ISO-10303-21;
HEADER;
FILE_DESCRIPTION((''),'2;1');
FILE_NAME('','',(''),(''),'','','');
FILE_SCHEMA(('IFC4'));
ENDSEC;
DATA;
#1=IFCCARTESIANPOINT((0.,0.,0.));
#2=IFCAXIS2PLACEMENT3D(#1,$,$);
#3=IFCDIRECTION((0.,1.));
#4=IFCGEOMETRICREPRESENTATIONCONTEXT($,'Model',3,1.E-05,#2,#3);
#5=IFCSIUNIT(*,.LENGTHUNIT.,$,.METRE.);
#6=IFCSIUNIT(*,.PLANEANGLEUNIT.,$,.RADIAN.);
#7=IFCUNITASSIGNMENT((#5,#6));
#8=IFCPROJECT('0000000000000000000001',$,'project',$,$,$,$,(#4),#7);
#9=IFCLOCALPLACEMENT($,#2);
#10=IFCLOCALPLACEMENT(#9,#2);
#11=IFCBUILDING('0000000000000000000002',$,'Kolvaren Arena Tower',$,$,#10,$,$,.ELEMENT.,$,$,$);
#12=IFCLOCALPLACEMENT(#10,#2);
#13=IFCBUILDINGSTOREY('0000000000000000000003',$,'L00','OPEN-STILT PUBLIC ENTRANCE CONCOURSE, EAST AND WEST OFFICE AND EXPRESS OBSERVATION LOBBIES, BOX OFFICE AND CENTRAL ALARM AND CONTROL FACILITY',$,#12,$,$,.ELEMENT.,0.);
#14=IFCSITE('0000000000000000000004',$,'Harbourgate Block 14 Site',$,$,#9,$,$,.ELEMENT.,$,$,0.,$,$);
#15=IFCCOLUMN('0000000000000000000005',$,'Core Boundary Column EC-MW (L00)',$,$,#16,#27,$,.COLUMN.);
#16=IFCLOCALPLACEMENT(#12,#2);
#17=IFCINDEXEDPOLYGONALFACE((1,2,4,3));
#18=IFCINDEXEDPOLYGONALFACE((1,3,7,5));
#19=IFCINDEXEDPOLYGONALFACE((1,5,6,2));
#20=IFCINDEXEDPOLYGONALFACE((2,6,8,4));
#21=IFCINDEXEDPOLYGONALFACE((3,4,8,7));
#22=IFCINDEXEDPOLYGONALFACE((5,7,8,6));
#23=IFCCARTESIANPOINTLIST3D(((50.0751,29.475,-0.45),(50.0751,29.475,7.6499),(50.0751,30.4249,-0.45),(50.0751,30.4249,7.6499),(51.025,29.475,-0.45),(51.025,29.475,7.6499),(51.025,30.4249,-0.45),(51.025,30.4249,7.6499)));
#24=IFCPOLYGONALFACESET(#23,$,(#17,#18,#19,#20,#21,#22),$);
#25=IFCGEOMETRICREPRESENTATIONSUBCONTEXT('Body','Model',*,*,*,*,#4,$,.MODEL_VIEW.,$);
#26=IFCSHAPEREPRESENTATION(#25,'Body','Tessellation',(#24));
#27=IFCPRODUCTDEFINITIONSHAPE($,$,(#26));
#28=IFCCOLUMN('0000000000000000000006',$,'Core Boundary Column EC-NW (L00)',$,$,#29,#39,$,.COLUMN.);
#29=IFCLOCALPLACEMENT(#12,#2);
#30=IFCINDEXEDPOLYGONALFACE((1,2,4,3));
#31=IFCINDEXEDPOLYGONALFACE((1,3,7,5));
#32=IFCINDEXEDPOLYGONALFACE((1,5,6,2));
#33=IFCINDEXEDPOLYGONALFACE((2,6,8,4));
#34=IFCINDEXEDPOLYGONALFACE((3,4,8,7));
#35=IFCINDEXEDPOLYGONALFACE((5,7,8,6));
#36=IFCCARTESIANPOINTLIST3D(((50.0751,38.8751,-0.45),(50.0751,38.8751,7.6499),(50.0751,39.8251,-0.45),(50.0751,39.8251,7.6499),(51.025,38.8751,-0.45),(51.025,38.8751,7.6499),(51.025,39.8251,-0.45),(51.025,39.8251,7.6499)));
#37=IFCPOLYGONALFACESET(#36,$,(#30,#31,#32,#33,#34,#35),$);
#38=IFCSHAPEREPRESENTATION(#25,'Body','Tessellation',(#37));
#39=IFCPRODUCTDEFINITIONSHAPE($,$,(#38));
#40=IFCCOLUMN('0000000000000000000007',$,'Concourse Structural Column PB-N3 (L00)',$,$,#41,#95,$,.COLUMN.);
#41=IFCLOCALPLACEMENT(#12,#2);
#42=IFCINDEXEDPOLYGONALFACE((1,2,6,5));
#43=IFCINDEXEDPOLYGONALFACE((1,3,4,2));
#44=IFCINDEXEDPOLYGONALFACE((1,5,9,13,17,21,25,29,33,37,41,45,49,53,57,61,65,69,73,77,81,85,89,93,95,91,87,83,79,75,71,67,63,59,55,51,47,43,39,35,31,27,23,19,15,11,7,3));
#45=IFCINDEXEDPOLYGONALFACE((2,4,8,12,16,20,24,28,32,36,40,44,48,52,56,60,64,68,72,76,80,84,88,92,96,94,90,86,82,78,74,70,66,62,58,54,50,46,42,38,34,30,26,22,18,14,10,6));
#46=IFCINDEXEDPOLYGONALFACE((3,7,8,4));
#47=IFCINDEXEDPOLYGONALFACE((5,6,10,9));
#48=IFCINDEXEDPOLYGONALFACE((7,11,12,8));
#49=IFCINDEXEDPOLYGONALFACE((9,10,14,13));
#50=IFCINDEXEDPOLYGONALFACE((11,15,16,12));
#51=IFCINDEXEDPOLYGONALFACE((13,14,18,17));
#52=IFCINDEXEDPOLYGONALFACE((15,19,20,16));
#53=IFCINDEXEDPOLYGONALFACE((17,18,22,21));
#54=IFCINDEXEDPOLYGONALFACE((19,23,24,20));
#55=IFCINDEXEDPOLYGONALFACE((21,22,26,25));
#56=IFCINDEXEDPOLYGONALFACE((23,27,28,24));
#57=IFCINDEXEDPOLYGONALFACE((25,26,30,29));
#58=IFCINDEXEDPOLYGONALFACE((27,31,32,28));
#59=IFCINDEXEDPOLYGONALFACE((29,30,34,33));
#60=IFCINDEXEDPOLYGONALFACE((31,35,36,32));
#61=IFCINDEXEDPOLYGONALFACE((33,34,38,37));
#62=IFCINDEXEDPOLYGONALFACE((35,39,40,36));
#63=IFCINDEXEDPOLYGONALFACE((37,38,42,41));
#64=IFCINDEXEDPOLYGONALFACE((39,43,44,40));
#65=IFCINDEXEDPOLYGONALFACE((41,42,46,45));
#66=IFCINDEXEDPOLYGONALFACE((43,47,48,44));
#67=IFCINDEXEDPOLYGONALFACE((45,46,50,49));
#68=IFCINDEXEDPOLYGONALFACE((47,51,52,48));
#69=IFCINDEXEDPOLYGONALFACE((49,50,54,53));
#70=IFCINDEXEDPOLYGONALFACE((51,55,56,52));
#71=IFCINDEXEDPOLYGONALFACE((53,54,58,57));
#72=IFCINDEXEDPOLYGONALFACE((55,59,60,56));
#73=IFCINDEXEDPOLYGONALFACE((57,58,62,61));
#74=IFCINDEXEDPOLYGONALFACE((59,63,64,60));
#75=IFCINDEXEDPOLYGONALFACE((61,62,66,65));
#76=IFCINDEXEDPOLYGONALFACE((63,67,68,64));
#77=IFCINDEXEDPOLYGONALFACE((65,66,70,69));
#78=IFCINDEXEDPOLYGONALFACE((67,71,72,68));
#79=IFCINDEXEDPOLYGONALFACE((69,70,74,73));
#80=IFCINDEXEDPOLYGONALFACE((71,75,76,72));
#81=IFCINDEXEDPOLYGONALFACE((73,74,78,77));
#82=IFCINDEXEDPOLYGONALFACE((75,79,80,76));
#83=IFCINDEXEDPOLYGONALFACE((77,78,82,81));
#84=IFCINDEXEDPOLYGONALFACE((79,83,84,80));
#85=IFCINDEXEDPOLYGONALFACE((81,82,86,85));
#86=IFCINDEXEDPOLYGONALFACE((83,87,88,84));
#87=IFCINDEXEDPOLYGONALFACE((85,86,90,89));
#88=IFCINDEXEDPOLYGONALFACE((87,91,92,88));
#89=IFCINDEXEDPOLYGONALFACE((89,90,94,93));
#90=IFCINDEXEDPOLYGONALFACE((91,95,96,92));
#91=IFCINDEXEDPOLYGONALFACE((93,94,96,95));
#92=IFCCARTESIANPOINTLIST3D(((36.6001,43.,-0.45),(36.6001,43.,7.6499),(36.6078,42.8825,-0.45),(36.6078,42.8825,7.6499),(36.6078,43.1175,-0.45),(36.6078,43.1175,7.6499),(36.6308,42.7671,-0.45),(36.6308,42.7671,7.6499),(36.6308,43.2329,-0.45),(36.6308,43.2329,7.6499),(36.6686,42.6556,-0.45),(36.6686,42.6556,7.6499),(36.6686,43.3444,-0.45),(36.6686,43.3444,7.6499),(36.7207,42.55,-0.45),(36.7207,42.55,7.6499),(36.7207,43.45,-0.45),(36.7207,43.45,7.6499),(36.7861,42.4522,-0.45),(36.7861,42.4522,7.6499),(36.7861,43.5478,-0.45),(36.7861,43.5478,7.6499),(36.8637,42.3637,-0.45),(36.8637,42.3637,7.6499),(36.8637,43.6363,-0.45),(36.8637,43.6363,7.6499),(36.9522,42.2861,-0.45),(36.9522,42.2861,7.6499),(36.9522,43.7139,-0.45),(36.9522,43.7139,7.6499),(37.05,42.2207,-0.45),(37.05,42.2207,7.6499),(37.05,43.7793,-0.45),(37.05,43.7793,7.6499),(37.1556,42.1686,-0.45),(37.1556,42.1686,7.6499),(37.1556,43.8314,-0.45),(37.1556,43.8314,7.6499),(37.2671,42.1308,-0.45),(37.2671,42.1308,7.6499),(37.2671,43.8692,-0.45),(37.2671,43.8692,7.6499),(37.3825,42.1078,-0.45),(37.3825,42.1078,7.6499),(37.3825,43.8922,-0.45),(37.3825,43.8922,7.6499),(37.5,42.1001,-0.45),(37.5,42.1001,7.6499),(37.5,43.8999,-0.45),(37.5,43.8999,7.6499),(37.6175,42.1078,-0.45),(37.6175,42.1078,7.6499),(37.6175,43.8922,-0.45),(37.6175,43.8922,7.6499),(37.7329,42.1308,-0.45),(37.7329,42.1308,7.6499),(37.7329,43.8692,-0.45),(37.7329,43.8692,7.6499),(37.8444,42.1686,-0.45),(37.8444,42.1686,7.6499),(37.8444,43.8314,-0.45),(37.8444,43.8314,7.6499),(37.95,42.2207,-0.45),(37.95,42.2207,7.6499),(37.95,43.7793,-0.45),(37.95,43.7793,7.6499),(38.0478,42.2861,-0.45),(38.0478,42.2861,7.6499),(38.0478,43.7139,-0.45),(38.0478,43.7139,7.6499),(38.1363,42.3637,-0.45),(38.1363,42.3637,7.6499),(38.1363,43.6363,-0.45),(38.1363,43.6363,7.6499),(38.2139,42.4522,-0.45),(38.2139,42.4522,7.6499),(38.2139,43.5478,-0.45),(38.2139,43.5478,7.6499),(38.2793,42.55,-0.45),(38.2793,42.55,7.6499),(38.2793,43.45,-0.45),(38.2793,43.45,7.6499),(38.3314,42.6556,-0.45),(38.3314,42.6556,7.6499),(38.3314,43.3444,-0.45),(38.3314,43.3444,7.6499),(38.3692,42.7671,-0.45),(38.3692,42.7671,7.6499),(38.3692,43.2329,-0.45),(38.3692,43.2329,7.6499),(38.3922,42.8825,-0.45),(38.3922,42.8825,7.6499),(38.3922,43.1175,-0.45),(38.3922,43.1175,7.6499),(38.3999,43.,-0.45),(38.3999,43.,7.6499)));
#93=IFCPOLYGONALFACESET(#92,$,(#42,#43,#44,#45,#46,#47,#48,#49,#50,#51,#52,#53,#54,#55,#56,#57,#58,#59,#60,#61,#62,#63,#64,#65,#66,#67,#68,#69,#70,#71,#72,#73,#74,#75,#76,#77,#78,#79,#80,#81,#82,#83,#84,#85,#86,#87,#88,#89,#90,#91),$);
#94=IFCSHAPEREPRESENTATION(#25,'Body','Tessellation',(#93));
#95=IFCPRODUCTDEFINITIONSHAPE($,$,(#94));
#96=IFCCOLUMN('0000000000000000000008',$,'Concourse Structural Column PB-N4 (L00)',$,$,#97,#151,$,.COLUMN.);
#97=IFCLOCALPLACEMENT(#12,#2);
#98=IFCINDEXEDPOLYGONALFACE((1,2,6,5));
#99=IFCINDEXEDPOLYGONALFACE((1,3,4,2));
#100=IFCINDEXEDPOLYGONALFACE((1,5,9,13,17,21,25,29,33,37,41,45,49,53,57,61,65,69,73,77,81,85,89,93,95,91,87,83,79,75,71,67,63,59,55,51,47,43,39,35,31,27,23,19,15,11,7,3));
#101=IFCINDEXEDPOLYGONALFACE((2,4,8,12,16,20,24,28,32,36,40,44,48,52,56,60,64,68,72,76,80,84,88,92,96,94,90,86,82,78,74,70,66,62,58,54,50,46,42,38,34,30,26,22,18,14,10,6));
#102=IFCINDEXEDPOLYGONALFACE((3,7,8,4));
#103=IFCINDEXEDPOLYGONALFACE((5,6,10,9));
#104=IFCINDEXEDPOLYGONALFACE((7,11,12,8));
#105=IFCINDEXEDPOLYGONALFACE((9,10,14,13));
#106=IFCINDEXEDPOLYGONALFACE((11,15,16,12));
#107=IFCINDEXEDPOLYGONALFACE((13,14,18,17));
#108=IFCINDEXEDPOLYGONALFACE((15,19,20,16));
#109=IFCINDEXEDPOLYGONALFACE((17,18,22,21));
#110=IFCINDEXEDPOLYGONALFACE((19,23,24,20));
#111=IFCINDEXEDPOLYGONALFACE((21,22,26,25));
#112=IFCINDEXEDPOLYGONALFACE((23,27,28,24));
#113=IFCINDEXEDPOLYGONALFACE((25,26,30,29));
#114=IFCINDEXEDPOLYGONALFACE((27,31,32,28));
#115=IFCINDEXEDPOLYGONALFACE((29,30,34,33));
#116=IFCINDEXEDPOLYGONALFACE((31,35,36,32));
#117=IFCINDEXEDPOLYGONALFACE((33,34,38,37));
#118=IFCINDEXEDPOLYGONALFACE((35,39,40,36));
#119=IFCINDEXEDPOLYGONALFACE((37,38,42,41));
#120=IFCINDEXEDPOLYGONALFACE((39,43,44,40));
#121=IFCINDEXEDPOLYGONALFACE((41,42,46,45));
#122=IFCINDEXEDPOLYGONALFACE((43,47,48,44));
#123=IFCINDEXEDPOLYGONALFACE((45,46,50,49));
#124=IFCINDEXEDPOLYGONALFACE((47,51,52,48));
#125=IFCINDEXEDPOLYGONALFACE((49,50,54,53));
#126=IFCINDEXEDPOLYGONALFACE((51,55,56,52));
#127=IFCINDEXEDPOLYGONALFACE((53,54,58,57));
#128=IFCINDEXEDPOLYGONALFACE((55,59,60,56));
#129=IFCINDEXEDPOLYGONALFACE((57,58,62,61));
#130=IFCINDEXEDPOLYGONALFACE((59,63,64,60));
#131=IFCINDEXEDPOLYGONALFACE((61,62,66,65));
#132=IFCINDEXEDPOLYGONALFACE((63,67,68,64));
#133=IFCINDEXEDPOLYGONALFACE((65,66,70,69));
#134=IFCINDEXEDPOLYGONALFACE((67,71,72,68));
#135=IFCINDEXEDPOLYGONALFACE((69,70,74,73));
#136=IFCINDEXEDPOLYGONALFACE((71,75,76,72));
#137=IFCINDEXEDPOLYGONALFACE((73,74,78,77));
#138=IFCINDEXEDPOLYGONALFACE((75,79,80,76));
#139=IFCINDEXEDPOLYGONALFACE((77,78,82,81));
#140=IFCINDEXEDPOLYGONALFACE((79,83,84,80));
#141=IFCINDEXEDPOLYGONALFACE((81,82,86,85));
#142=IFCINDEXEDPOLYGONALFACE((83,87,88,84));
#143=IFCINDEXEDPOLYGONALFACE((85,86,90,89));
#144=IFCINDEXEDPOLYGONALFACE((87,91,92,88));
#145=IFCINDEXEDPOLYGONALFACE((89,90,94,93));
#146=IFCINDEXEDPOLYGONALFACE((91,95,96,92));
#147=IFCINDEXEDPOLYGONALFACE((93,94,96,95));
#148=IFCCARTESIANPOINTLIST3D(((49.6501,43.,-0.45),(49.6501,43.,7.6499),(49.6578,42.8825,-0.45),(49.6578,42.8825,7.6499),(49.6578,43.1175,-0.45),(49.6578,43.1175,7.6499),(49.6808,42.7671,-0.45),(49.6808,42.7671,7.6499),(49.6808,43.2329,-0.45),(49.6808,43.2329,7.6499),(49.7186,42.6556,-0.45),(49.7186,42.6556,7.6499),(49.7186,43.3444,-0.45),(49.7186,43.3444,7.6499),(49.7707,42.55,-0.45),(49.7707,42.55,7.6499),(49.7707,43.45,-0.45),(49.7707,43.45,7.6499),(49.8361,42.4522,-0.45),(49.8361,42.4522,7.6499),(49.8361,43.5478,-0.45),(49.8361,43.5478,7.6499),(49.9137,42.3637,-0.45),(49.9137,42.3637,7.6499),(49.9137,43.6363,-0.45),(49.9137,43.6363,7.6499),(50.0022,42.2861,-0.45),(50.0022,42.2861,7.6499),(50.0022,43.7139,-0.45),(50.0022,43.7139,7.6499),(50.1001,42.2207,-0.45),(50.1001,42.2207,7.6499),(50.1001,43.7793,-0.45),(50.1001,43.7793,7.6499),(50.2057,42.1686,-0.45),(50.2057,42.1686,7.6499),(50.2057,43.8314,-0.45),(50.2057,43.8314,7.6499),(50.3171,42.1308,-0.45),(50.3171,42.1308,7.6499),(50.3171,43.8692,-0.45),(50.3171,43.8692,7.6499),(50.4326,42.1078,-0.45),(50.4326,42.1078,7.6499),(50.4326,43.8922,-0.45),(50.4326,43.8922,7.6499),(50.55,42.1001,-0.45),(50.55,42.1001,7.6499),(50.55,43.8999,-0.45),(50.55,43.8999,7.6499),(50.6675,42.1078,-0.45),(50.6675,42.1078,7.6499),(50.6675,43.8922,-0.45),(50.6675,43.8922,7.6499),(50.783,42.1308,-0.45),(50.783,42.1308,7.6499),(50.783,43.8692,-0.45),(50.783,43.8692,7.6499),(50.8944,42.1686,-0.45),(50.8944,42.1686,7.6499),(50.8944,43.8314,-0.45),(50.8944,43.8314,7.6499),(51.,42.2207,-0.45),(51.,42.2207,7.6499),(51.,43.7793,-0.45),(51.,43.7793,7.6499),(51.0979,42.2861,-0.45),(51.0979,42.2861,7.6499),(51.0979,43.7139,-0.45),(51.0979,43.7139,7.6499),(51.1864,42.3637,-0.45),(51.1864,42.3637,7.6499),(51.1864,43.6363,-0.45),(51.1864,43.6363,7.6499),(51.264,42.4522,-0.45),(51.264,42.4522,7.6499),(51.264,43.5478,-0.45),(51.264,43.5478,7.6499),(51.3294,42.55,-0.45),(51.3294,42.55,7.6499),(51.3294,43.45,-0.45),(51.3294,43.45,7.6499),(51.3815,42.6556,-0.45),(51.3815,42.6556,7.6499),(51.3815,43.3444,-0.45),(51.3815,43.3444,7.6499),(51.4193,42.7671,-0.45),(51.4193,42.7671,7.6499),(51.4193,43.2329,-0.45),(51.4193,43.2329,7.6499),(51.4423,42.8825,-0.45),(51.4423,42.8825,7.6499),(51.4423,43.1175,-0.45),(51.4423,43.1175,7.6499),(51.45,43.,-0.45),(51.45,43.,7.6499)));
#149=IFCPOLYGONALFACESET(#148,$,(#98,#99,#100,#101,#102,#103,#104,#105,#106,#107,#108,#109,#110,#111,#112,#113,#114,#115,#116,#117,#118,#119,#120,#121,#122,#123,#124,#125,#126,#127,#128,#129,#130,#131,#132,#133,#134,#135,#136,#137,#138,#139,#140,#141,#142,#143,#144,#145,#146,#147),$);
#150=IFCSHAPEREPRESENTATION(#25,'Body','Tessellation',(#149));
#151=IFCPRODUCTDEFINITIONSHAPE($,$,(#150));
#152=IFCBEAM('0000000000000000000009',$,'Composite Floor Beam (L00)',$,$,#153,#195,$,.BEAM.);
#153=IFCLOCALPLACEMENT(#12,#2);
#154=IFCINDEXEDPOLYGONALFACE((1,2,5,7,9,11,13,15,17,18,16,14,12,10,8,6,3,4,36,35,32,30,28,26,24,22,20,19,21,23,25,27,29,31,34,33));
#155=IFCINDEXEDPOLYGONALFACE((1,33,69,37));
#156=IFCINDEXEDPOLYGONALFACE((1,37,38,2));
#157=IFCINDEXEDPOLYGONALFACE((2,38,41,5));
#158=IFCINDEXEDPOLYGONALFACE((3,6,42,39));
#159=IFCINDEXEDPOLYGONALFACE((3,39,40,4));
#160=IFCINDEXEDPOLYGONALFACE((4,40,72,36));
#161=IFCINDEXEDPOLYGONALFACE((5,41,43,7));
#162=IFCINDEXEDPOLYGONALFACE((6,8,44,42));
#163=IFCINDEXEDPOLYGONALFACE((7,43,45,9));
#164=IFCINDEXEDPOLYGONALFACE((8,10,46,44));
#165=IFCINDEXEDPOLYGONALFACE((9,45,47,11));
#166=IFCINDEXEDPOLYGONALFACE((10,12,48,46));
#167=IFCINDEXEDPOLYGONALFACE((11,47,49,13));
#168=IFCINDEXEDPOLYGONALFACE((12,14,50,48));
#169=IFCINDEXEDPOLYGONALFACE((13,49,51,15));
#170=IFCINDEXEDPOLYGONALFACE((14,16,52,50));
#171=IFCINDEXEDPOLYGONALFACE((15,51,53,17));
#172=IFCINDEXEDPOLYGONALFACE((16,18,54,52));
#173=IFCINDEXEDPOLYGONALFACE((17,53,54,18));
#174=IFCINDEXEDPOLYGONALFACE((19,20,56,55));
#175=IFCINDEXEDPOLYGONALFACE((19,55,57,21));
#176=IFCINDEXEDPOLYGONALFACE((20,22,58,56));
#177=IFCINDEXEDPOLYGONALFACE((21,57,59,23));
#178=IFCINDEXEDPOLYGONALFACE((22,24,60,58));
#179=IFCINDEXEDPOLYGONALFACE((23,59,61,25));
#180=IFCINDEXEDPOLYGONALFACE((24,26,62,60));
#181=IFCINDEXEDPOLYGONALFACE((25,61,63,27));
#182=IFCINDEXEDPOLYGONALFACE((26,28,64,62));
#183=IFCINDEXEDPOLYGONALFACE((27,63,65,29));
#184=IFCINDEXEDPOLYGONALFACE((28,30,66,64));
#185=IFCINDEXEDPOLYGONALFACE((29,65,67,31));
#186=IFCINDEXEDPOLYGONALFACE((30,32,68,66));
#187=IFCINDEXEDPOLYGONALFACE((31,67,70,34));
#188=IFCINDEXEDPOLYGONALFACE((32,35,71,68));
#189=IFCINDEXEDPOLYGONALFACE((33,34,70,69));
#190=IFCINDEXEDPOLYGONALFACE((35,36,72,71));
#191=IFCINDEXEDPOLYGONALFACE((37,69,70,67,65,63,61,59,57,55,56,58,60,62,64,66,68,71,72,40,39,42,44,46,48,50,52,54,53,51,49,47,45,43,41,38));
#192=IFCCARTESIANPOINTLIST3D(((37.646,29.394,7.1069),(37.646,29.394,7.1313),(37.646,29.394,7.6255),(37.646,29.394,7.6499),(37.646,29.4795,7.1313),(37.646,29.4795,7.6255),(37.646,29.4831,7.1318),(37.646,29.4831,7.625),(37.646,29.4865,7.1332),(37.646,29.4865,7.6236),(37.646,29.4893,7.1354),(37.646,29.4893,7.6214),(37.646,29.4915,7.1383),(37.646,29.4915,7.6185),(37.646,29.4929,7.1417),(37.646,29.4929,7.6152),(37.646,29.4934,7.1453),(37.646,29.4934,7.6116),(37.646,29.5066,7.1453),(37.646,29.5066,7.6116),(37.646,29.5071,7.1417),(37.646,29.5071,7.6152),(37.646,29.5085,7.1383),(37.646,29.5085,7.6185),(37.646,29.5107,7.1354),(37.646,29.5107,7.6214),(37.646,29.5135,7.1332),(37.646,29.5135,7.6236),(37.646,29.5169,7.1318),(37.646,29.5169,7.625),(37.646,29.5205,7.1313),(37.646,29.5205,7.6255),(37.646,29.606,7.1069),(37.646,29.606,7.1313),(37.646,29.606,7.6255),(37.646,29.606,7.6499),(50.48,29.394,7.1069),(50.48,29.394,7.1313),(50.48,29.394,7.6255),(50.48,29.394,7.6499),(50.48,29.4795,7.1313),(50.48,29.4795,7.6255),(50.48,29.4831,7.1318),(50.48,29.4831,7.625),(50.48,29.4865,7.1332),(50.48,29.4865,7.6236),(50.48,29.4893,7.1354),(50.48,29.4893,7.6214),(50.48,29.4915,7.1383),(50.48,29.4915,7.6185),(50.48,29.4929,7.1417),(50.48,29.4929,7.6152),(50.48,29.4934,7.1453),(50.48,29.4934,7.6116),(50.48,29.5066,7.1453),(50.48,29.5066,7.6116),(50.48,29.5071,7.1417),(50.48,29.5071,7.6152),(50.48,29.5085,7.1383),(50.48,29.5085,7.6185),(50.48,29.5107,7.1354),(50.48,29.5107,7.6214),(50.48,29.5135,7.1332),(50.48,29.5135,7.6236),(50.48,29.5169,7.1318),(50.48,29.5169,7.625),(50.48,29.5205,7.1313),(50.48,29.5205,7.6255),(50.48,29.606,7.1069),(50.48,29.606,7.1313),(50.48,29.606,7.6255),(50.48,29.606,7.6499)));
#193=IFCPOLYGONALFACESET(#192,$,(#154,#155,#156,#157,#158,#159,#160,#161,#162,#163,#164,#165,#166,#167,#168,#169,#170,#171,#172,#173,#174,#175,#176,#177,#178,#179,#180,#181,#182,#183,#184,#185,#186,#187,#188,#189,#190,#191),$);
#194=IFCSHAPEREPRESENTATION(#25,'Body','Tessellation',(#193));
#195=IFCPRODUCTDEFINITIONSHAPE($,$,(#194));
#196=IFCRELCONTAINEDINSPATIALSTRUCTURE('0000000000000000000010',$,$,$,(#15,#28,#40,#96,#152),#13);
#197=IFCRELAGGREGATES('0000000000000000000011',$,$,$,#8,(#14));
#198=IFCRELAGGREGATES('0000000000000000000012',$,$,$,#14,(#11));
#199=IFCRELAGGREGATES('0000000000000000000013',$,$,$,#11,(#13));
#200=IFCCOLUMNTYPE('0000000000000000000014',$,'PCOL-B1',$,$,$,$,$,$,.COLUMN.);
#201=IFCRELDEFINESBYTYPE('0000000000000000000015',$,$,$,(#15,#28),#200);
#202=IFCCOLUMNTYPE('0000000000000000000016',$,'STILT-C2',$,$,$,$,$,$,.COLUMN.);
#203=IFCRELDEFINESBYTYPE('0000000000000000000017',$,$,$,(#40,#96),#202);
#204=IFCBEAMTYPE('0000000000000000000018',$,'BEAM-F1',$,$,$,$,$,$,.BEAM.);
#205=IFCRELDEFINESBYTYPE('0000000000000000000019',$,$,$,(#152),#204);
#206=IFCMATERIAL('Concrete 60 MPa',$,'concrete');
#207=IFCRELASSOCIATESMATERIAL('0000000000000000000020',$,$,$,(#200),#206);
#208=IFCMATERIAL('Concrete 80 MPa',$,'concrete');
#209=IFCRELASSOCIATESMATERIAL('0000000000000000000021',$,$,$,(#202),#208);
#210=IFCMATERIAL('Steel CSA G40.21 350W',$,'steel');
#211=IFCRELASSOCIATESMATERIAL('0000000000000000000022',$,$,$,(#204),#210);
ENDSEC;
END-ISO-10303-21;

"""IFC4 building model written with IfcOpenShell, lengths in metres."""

from ifc_helpers import new_model, si_unit, direction, frame, origin, origin_2d, place, context, subcontext, project, spatial, rectangle, circle, i_section, extrude, material, material_profile, profile_set, type_object, element, save


model = new_model("IFC4")

# Units and contexts
model_context = context("Model", 3, precision=1e-05, world=origin(), true_north=direction((0.0, 1.0)))
body_context = subcontext(model_context, "Body", "Model", "MODEL_VIEW")
ifc_project = project(units=[si_unit("LENGTHUNIT", "METRE"), si_unit("PLANEANGLEUNIT", "RADIAN")], contexts=[model_context])

# Site, building, storey
site_placement = place(None, origin())
site = spatial("IfcSite", under=ifc_project, at=site_placement, Name="Harbourgate Block 14 Site", CompositionType="ELEMENT", RefElevation=0.0)
building_placement = place(site_placement, origin())
building = spatial("IfcBuilding", under=site, at=building_placement, Name="Kolvaren Arena Tower", CompositionType="ELEMENT")
storey_placement = place(building_placement, origin())
storey = spatial("IfcBuildingStorey", under=building, at=storey_placement, Name="L00", Description="OPEN-STILT PUBLIC ENTRANCE CONCOURSE, EAST AND WEST OFFICE AND EXPRESS OBSERVATION LOBBIES, BOX OFFICE AND CENTRAL ALARM AND CONTROL FACILITY", CompositionType="ELEMENT", Elevation=0.0)

# Columns
ifc_material_1 = material(Name="Concrete 60 MPa", Category="concrete")
ifc_material_profile_1 = material_profile(ifc_material_1, rectangle(XDim=0.95, YDim=0.95, at=origin_2d()), Name="RC-950x950")
ifc_profile_set_1 = profile_set([ifc_material_profile_1], Name="Concrete 60 MPa")
column_type_1 = type_object("IfcColumnType", Name="PCOL-B1", PredefinedType="COLUMN", material=ifc_profile_set_1)
for number, where, z_axis, x_axis, name in (
    (1, (50.55, 29.95, -0.45), (0.0, 0.0, 1.0), (1.0, 0.0, 0.0), "Core Boundary Column EC-MW (L00)"),
    (2, (50.55, 39.3501, -0.45), (0.0, 0.0, 1.0), (1.0, 0.0, 0.0), "Core Boundary Column EC-NW (L00)"),
):
    element("IfcColumn", number, at=place(storey_placement, frame(where, z_axis=z_axis, x_axis=x_axis)), inside=storey, type_object=column_type_1, Name=name, PredefinedType="COLUMN", context=body_context, shape_type="SweptSolid", body=[
        extrude(rectangle(XDim=0.95, YDim=0.95, at=origin_2d()), origin(), (0.0, 0.0, 1.0), 8.0999),
    ])
ifc_material_2 = material(Name="Concrete 80 MPa", Category="concrete")
ifc_material_profile_2 = material_profile(ifc_material_2, circle(Radius=0.8999, at=origin_2d()), Name="RC-CIRC-1800")
ifc_profile_set_2 = profile_set([ifc_material_profile_2], Name="Concrete 80 MPa")
column_type_2 = type_object("IfcColumnType", Name="STILT-C2", PredefinedType="COLUMN", material=ifc_profile_set_2)
for number, where, z_axis, x_axis, name in (
    (3, (37.5, 43.0, -0.45), (0.0, 0.0, 1.0), (1.0, 0.0, 0.0), "Concourse Structural Column PB-N3 (L00)"),
    (4, (50.55, 43.0, -0.45), (0.0, 0.0, 1.0), (1.0, 0.0, 0.0), "Concourse Structural Column PB-N4 (L00)"),
):
    element("IfcColumn", number, at=place(storey_placement, frame(where, z_axis=z_axis, x_axis=x_axis)), inside=storey, type_object=column_type_2, Name=name, PredefinedType="COLUMN", context=body_context, shape_type="SweptSolid", body=[
        extrude(circle(Radius=0.8999, at=origin_2d()), origin(), (0.0, 0.0, 1.0), 8.0999),
    ])

# Beam
ifc_material_3 = material(Name="Steel CSA G40.21 350W", Category="steel")
ifc_material_profile_3 = material_profile(ifc_material_3, i_section(OverallWidth=0.2119, OverallDepth=0.543, WebThickness=0.0132, FlangeThickness=0.0244, FilletRadius=0.0139, at=origin_2d()), Name="W530x150")
ifc_profile_set_3 = profile_set([ifc_material_profile_3], Name="Steel CSA G40.21 350W")
beam_type_1 = type_object("IfcBeamType", Name="BEAM-F1", PredefinedType="BEAM", material=ifc_profile_set_3)
for number, where, z_axis, x_axis, name in (
    (5, (37.646, 29.5, 7.3784), (1.0, 0.0, 0.0), (0.0, 1.0, 0.0), "Composite Floor Beam (L00)"),
):
    element("IfcBeam", number, at=place(storey_placement, frame(where, z_axis=z_axis, x_axis=x_axis)), inside=storey, type_object=beam_type_1, Name=name, PredefinedType="BEAM", context=body_context, shape_type="SweptSolid", body=[
        extrude(i_section(OverallWidth=0.2119, OverallDepth=0.543, WebThickness=0.0132, FlangeThickness=0.0244, FilletRadius=0.0139, at=origin_2d()), origin(), (0.0, 0.0, 1.0), 12.834),
    ])

save(model, "model.ifc")
